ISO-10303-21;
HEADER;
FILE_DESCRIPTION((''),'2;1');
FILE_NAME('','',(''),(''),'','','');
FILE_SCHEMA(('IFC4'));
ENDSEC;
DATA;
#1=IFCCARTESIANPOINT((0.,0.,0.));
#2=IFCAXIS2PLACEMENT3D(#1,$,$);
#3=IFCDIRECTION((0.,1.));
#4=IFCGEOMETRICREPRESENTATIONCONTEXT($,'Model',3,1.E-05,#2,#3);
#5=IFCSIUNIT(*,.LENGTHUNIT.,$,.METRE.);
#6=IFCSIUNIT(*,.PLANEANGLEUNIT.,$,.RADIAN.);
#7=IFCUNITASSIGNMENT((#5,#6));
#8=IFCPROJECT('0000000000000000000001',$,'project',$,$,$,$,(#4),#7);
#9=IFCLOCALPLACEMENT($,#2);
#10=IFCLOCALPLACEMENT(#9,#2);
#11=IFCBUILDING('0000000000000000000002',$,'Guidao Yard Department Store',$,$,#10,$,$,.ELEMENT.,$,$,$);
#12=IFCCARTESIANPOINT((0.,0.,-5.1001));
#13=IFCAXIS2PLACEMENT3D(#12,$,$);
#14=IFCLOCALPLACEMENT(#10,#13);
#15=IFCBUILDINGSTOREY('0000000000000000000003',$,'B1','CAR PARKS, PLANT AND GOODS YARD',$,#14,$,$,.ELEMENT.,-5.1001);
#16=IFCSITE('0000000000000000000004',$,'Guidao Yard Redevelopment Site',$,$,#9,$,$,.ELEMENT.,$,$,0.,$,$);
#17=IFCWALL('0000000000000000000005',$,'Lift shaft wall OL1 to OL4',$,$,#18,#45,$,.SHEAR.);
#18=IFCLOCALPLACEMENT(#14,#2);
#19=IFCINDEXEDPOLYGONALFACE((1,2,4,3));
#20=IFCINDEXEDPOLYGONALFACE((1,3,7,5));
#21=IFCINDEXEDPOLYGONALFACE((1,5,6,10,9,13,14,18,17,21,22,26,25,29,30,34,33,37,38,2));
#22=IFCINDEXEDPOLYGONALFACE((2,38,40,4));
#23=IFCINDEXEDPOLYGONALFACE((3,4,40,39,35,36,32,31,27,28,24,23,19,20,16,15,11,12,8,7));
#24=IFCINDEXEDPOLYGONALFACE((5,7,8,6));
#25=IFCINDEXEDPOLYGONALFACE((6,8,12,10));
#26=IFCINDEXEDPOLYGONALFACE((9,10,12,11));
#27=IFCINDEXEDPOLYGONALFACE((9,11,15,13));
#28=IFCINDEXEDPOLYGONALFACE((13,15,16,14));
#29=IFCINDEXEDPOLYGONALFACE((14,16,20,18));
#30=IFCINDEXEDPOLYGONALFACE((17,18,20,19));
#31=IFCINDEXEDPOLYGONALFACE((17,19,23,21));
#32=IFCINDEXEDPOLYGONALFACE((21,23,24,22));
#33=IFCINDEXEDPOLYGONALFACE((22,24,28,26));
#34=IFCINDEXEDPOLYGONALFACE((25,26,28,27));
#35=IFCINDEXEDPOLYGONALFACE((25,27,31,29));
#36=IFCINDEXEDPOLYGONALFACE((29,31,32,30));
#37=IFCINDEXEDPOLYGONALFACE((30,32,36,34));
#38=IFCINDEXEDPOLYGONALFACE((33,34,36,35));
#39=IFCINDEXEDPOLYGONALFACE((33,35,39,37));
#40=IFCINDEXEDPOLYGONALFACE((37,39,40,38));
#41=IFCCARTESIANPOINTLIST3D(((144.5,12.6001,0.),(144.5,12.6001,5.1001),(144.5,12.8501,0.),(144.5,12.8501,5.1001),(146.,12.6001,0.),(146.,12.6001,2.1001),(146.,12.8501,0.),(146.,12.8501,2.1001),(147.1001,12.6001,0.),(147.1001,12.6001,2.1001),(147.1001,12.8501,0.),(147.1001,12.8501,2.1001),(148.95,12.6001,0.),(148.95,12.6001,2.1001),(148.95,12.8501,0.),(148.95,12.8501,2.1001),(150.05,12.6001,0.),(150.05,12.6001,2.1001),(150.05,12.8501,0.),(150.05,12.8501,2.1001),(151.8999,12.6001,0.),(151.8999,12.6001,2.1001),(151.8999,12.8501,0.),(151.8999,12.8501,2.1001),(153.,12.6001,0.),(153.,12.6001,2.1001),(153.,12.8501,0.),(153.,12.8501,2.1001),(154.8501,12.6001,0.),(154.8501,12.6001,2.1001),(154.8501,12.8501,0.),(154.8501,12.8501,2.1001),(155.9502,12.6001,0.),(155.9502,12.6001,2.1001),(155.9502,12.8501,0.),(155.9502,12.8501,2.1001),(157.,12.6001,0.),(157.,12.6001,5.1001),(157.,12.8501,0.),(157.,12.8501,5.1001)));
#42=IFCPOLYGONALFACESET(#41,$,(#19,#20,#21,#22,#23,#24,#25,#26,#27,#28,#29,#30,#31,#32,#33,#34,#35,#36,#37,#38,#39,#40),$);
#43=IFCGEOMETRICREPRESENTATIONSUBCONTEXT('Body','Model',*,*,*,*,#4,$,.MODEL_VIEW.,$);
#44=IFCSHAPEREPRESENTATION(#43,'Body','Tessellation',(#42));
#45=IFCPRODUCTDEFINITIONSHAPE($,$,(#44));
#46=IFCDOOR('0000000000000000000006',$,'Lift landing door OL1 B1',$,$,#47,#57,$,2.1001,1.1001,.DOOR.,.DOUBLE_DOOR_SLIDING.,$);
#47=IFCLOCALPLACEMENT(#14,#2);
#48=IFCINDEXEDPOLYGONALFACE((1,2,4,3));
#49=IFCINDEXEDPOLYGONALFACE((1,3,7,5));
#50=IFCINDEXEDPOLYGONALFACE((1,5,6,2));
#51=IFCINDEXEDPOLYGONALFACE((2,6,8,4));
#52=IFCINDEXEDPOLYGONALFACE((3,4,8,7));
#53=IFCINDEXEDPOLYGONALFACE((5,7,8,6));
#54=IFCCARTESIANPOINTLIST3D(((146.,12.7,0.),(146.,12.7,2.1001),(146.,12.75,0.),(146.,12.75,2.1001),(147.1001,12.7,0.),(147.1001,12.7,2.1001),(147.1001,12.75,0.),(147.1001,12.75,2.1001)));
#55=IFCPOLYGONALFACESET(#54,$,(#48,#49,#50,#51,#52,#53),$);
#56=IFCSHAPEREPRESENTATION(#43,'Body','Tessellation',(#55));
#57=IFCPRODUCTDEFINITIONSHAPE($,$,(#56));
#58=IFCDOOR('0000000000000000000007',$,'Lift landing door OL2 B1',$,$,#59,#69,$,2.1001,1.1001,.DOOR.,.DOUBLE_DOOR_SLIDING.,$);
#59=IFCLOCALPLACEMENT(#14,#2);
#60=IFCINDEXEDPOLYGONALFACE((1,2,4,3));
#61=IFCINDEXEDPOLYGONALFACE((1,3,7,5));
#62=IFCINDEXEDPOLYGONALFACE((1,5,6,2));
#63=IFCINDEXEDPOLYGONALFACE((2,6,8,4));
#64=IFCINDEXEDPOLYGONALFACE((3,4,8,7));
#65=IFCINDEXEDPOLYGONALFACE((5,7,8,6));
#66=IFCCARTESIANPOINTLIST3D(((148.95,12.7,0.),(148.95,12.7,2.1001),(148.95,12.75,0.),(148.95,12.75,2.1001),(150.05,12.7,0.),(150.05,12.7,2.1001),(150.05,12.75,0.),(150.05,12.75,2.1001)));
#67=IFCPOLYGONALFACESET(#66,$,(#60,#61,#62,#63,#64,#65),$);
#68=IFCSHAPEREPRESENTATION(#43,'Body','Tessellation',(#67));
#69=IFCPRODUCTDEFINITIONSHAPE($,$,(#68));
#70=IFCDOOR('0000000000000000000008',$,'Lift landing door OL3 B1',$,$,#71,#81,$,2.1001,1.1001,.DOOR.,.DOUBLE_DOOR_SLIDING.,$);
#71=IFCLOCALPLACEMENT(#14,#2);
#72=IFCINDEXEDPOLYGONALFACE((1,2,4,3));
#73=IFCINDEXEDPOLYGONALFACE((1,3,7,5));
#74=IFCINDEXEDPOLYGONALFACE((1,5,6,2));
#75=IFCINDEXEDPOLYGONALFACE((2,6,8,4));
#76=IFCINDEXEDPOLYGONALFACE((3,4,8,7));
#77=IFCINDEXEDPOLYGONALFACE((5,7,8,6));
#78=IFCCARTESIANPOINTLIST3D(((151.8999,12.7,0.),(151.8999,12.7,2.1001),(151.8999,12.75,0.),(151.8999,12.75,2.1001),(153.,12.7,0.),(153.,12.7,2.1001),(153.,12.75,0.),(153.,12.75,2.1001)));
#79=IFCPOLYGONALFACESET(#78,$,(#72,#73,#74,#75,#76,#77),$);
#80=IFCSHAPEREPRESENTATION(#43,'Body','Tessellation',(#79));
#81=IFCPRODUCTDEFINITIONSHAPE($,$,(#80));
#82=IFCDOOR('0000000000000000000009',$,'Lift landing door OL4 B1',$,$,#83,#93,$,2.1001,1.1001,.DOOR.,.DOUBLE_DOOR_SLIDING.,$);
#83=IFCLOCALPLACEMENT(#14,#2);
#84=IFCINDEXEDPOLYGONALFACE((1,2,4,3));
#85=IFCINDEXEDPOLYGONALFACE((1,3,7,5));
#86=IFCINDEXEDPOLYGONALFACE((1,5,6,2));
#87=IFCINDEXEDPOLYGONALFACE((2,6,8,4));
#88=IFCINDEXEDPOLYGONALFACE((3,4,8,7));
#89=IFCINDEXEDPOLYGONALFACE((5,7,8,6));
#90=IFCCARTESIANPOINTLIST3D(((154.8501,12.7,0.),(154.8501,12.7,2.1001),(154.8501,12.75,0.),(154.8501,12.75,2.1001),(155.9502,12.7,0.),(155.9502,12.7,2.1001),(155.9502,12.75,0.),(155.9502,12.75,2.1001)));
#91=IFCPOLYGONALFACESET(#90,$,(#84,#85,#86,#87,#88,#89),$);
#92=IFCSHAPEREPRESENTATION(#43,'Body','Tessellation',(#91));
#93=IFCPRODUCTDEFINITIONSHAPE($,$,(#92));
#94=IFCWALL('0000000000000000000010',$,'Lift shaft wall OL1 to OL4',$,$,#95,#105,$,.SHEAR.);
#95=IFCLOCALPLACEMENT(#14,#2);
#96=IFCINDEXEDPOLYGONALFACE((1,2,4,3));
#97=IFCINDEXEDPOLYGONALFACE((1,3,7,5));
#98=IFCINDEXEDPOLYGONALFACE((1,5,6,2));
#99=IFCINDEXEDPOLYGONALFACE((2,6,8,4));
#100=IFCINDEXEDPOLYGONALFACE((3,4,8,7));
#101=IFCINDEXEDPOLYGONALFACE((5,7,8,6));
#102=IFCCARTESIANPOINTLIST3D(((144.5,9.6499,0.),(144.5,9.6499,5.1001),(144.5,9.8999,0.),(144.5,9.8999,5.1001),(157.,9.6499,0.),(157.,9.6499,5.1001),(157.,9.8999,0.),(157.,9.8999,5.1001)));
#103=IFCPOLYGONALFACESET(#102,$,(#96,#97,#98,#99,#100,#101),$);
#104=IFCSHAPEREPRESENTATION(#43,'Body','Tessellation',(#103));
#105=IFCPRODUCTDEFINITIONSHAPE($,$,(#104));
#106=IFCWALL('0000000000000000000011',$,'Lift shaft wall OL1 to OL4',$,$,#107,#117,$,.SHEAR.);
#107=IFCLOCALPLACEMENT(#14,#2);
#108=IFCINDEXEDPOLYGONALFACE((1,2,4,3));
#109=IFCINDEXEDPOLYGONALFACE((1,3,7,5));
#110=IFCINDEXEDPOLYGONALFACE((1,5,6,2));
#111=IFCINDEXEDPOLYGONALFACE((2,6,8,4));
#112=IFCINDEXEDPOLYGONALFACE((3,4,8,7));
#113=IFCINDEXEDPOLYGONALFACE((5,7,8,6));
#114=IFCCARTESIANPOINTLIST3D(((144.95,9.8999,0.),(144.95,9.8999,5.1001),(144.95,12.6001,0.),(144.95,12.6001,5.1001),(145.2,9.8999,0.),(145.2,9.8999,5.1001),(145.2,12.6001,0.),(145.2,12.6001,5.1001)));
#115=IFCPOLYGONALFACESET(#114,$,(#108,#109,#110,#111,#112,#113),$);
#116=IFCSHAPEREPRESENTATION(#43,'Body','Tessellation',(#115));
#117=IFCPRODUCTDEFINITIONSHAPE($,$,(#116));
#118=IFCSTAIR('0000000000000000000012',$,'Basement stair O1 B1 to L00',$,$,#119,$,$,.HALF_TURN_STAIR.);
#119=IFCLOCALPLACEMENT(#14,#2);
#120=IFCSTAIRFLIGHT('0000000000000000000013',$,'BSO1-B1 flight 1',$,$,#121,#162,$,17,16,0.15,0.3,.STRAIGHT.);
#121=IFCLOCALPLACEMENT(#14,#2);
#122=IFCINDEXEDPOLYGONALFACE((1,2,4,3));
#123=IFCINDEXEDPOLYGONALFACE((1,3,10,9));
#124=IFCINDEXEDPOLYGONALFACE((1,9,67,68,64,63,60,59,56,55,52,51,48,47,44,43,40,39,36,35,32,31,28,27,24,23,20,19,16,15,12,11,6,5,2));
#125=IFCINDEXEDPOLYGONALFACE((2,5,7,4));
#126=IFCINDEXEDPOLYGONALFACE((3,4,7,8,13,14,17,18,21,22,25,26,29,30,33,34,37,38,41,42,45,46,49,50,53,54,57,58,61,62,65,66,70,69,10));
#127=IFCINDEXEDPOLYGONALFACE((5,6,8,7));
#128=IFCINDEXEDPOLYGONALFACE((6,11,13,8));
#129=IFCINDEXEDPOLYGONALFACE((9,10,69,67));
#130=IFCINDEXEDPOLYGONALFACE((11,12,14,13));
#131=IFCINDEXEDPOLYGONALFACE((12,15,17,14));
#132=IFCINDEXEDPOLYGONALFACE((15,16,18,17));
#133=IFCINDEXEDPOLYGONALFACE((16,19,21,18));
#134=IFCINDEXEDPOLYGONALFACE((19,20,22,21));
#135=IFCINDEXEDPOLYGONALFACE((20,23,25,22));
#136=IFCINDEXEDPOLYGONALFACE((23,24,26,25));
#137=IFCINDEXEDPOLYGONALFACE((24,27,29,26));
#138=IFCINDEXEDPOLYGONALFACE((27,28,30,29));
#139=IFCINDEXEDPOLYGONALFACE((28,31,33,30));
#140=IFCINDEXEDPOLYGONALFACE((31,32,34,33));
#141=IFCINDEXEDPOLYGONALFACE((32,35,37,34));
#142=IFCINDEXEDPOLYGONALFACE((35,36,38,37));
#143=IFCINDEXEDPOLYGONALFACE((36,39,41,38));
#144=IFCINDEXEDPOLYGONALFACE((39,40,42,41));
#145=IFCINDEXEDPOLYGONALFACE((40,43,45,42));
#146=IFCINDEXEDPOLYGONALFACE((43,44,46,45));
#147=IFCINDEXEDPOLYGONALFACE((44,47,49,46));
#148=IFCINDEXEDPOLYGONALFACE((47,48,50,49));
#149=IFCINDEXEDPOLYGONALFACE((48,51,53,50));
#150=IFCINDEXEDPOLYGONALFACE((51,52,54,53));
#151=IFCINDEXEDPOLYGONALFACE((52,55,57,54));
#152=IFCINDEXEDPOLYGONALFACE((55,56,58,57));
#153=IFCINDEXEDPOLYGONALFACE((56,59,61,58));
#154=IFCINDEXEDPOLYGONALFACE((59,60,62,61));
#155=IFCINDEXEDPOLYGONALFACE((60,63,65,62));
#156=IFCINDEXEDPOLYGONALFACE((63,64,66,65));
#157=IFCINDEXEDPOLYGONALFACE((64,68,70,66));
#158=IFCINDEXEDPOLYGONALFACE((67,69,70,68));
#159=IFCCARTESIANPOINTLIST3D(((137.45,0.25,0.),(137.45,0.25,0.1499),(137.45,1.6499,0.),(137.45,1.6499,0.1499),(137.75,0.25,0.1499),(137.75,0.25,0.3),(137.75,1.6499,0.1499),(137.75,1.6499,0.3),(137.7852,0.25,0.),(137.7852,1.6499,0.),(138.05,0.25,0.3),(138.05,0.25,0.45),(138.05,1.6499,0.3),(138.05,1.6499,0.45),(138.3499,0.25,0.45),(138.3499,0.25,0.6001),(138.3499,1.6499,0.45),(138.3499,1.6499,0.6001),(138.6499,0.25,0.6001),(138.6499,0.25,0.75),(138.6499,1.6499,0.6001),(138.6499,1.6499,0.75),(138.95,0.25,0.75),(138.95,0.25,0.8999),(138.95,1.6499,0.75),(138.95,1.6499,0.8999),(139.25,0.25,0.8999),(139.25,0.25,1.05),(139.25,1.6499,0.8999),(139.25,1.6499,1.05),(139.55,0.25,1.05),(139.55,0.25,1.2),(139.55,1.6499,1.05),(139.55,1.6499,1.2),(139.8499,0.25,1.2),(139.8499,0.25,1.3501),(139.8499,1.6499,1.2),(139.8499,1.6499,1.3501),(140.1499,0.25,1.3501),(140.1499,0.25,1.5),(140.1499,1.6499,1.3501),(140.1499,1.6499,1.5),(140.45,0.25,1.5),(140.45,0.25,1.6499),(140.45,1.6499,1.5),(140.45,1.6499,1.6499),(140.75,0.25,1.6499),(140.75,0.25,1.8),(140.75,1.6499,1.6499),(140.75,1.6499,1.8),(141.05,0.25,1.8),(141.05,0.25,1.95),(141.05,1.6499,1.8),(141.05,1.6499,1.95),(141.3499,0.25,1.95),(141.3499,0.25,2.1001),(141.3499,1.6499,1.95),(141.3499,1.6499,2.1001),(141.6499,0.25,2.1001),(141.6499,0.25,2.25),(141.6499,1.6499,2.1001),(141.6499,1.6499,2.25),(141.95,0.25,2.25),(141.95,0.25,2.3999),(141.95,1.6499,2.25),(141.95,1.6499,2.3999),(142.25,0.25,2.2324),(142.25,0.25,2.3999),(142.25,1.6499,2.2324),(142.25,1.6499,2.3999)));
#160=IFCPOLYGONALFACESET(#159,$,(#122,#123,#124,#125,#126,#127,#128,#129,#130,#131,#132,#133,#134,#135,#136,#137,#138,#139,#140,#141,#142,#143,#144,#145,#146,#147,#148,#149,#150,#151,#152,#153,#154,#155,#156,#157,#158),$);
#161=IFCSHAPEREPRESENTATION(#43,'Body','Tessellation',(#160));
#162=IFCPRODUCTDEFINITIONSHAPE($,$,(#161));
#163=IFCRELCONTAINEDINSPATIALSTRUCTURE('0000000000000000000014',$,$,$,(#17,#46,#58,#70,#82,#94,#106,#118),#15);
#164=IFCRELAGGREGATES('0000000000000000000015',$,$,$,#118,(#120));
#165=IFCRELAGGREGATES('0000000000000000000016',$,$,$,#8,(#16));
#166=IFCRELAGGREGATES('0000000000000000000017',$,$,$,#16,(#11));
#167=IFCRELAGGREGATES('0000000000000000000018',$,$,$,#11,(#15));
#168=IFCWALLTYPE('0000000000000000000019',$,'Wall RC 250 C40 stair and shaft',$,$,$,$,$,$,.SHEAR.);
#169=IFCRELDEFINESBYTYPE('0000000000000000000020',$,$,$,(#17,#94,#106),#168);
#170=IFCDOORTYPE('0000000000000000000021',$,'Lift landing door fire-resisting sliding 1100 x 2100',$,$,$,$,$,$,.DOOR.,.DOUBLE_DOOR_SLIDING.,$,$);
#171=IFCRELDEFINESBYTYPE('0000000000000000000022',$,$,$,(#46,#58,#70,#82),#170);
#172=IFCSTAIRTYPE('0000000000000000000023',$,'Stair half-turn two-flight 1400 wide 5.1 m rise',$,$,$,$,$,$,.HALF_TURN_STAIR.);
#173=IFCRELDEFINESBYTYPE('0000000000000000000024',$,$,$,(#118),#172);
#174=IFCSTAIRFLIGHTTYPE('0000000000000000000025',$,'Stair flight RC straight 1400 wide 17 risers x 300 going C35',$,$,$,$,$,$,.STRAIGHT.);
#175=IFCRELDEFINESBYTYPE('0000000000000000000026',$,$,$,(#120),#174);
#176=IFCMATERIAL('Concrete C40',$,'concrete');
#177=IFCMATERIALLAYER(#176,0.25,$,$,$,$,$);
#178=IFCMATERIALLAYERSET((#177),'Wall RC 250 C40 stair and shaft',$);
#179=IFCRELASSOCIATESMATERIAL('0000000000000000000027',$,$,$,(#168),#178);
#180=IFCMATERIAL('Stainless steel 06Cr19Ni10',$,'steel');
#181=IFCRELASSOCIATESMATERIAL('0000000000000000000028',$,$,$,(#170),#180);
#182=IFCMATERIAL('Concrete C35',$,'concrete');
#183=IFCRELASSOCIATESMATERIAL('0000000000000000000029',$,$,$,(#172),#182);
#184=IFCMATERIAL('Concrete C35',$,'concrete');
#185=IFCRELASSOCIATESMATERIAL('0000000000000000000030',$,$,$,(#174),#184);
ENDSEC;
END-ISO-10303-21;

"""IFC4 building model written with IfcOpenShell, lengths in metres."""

from ifc_helpers import new_model, si_unit, direction, frame, frame_2d, origin, place, context, subcontext, project, spatial, polyline, rectangle, outline, extrude, material, layer, layer_set, type_object, element, fill, aggregate, save


model = new_model("IFC4")

# Units and contexts
model_context = context("Model", 3, precision=1e-05, world=origin(), true_north=direction((0.0, 1.0)))
body_context = subcontext(model_context, "Body", "Model", "MODEL_VIEW")
ifc_project = project(units=[si_unit("LENGTHUNIT", "METRE"), si_unit("PLANEANGLEUNIT", "RADIAN")], contexts=[model_context])

# Site, building, storey
site_placement = place(None, origin())
site = spatial("IfcSite", under=ifc_project, at=site_placement, Name="Guidao Yard Redevelopment Site", CompositionType="ELEMENT", RefElevation=0.0)
building_placement = place(site_placement, origin())
building = spatial("IfcBuilding", under=site, at=building_placement, Name="Guidao Yard Department Store", CompositionType="ELEMENT")
storey_placement = place(building_placement, frame((0.0, 0.0, -5.1001)))
storey = spatial("IfcBuildingStorey", under=building, at=storey_placement, Name="B1", Description="CAR PARKS, PLANT AND GOODS YARD", CompositionType="ELEMENT", Elevation=-5.1001)

# Shared definitions
ifc_material_1 = material(Name="Concrete C40", Category="concrete")
ifc_layer_1 = layer(ifc_material_1, 0.25)
ifc_layer_set_1 = layer_set([ifc_layer_1], Name="Wall RC 250 C40 stair and shaft")
wall_type_1 = type_object("IfcWallType", Name="Wall RC 250 C40 stair and shaft", PredefinedType="SHEAR", material=ifc_layer_set_1)

# Wall, openings, doors
wall_1_placement = place(storey_placement, frame((144.5, 12.7251, 0.0), z_axis=(0.0, 0.0, 1.0), x_axis=(1.0, 0.0, 0.0)))
wall_1 = element("IfcWall", 1, at=wall_1_placement, inside=storey, type_object=wall_type_1, Name="Lift shaft wall OL1 to OL4", PredefinedType="SHEAR", context=body_context, shape_type="SweptSolid", body=[
    extrude(rectangle(XDim=12.5, YDim=0.25, at=frame_2d((6.25, 0.0))), origin(), (0.0, 0.0, 1.0), 5.1001),
])
opening_1_placement = place(wall_1_placement, frame((1.5, 0.0, 0.0)))
opening_1 = element("IfcOpeningElement", 2, at=opening_1_placement, cuts=wall_1, PredefinedType="OPENING", context=body_context, shape_type="SweptSolid", body=[
    extrude(rectangle(XDim=1.1001, YDim=2.1001, at=frame_2d((0.55, 1.05))), frame((0.0, 0.135, 0.0), z_axis=(0.0, -1.0, 0.0), x_axis=(1.0, 0.0, 0.0)), (0.0, 0.0, 1.0), 0.27),
])
opening_2_placement = place(wall_1_placement, frame((4.45, 0.0, 0.0)))
opening_2 = element("IfcOpeningElement", 3, at=opening_2_placement, cuts=wall_1, PredefinedType="OPENING", context=body_context, shape_type="SweptSolid", body=[
    extrude(rectangle(XDim=1.1001, YDim=2.1001, at=frame_2d((0.55, 1.05))), frame((0.0, 0.135, 0.0), z_axis=(0.0, -1.0, 0.0), x_axis=(1.0, 0.0, 0.0)), (0.0, 0.0, 1.0), 0.27),
])
opening_3_placement = place(wall_1_placement, frame((7.3999, 0.0, 0.0)))
opening_3 = element("IfcOpeningElement", 4, at=opening_3_placement, cuts=wall_1, PredefinedType="OPENING", context=body_context, shape_type="SweptSolid", body=[
    extrude(rectangle(XDim=1.1001, YDim=2.1001, at=frame_2d((0.55, 1.05))), frame((0.0, 0.135, 0.0), z_axis=(0.0, -1.0, 0.0), x_axis=(1.0, 0.0, 0.0)), (0.0, 0.0, 1.0), 0.27),
])
opening_4_placement = place(wall_1_placement, frame((10.3501, 0.0, 0.0)))
opening_4 = element("IfcOpeningElement", 5, at=opening_4_placement, cuts=wall_1, PredefinedType="OPENING", context=body_context, shape_type="SweptSolid", body=[
    extrude(rectangle(XDim=1.1001, YDim=2.1001, at=frame_2d((0.55, 1.05))), frame((0.0, 0.135, 0.0), z_axis=(0.0, -1.0, 0.0), x_axis=(1.0, 0.0, 0.0)), (0.0, 0.0, 1.0), 0.27),
])
ifc_material_2 = material(Name="Stainless steel 06Cr19Ni10", Category="steel")
door_type_1 = type_object("IfcDoorType", Name="Lift landing door fire-resisting sliding 1100 x 2100", OperationType="DOUBLE_DOOR_SLIDING", PredefinedType="DOOR", material=ifc_material_2)
door_1_placement = place(opening_1_placement, origin())
door_1 = element("IfcDoor", 6, at=door_1_placement, inside=storey, type_object=door_type_1, Name="Lift landing door OL1 B1", OperationType="DOUBLE_DOOR_SLIDING", OverallHeight=2.1001, OverallWidth=1.1001, PredefinedType="DOOR", context=body_context, shape_type="SweptSolid", body=[
    extrude(rectangle(XDim=1.1001, YDim=2.1001, at=frame_2d((0.55, 1.05))), frame((0.0, 0.0249, 0.0), z_axis=(0.0, -1.0, 0.0), x_axis=(1.0, 0.0, 0.0)), (0.0, 0.0, 1.0), 0.05),
])
fill(opening_1, door_1)
door_2_placement = place(opening_2_placement, origin())
door_2 = element("IfcDoor", 7, at=door_2_placement, inside=storey, type_object=door_type_1, Name="Lift landing door OL2 B1", OperationType="DOUBLE_DOOR_SLIDING", OverallHeight=2.1001, OverallWidth=1.1001, PredefinedType="DOOR", context=body_context, shape_type="SweptSolid", body=[
    extrude(rectangle(XDim=1.1001, YDim=2.1001, at=frame_2d((0.55, 1.05))), frame((0.0, 0.0249, 0.0), z_axis=(0.0, -1.0, 0.0), x_axis=(1.0, 0.0, 0.0)), (0.0, 0.0, 1.0), 0.05),
])
fill(opening_2, door_2)
door_3_placement = place(opening_3_placement, origin())
door_3 = element("IfcDoor", 8, at=door_3_placement, inside=storey, type_object=door_type_1, Name="Lift landing door OL3 B1", OperationType="DOUBLE_DOOR_SLIDING", OverallHeight=2.1001, OverallWidth=1.1001, PredefinedType="DOOR", context=body_context, shape_type="SweptSolid", body=[
    extrude(rectangle(XDim=1.1001, YDim=2.1001, at=frame_2d((0.55, 1.05))), frame((0.0, 0.0249, 0.0), z_axis=(0.0, -1.0, 0.0), x_axis=(1.0, 0.0, 0.0)), (0.0, 0.0, 1.0), 0.05),
])
fill(opening_3, door_3)
door_4_placement = place(opening_4_placement, origin())
door_4 = element("IfcDoor", 9, at=door_4_placement, inside=storey, type_object=door_type_1, Name="Lift landing door OL4 B1", OperationType="DOUBLE_DOOR_SLIDING", OverallHeight=2.1001, OverallWidth=1.1001, PredefinedType="DOOR", context=body_context, shape_type="SweptSolid", body=[
    extrude(rectangle(XDim=1.1001, YDim=2.1001, at=frame_2d((0.55, 1.05))), frame((0.0, 0.0249, 0.0), z_axis=(0.0, -1.0, 0.0), x_axis=(1.0, 0.0, 0.0)), (0.0, 0.0, 1.0), 0.05),
])
fill(opening_4, door_4)

# Walls
wall_2_placement = place(storey_placement, frame((144.5, 9.7749, 0.0), z_axis=(0.0, 0.0, 1.0), x_axis=(1.0, 0.0, 0.0)))
element("IfcWall", 10, at=wall_2_placement, inside=storey, type_object=wall_type_1, Name="Lift shaft wall OL1 to OL4", PredefinedType="SHEAR", context=body_context, shape_type="SweptSolid", body=[
    extrude(rectangle(XDim=12.5, YDim=0.25, at=frame_2d((6.25, 0.0))), origin(), (0.0, 0.0, 1.0), 5.1001),
])
wall_3_placement = place(storey_placement, frame((145.075, 9.8999, 0.0), z_axis=(0.0, 0.0, 1.0), x_axis=(0.0, 1.0, 0.0)))
element("IfcWall", 11, at=wall_3_placement, inside=storey, type_object=wall_type_1, Name="Lift shaft wall OL1 to OL4", PredefinedType="SHEAR", context=body_context, shape_type="SweptSolid", body=[
    extrude(rectangle(XDim=2.7002, YDim=0.25, at=frame_2d((1.3501, 0.0))), origin(), (0.0, 0.0, 1.0), 5.1001),
])

# Stair, stair flight
ifc_material_3 = material(Name="Concrete C35", Category="concrete")
stair_type = type_object("IfcStairType", Name="Stair half-turn two-flight 1400 wide 5.1 m rise", PredefinedType="HALF_TURN_STAIR", material=ifc_material_3)
stair_placement = place(storey_placement, origin())
stair = element("IfcStair", 12, at=stair_placement, inside=storey, type_object=stair_type, Name="Basement stair O1 B1 to L00", PredefinedType="HALF_TURN_STAIR")
ifc_material_4 = material(Name="Concrete C35", Category="concrete")
stair_flight_type = type_object("IfcStairFlightType", Name="Stair flight RC straight 1400 wide 17 risers x 300 going C35", PredefinedType="STRAIGHT", material=ifc_material_4)
stair_flight_1_placement = place(storey_placement, frame((137.45, 0.95, 0.0), z_axis=(0.0, 0.0, 1.0), x_axis=(1.0, 0.0, 0.0)))
stair_flight_1 = element("IfcStairFlight", 13, at=stair_flight_1_placement, type_object=stair_flight_type, Name="BSO1-B1 flight 1", NumberOfRisers=17, NumberOfTreads=16, PredefinedType="STRAIGHT", RiserHeight=0.15, TreadLength=0.3, context=body_context, shape_type="SweptSolid", body=[
    extrude(outline(polyline([(0.0, 0.0), (0.0, 0.1499), (0.3, 0.1499), (0.3, 0.3), (0.6001, 0.3), (0.6001, 0.45), (0.8999, 0.45), (0.8999, 0.6001), (1.2, 0.6001), (1.2, 0.75), (1.5, 0.75), (1.5, 0.8999), (1.8, 0.8999), (1.8, 1.05), (2.1001, 1.05), (2.1001, 1.2), (2.3999, 1.2), (2.3999, 1.3501), (2.7, 1.3501), (2.7, 1.5), (3.0, 1.5), (3.0, 1.6499), (3.3, 1.6499), (3.3, 1.8), (3.6001, 1.8), (3.6001, 1.95), (3.8999, 1.95), (3.8999, 2.1001), (4.2, 2.1001), (4.2, 2.25), (4.5, 2.25), (4.5, 2.3999), (4.8, 2.3999), (4.8, 2.55), (4.8, 2.2324), (0.3352, 0.0), (0.0, 0.0)])), frame((0.0, 0.7, 0.0), z_axis=(0.0, -1.0, 0.0), x_axis=(1.0, 0.0, 0.0)), (0.0, 0.0, 1.0), 1.3999),
])
aggregate(stair, [stair_flight_1])

save(model, "model.ifc")
